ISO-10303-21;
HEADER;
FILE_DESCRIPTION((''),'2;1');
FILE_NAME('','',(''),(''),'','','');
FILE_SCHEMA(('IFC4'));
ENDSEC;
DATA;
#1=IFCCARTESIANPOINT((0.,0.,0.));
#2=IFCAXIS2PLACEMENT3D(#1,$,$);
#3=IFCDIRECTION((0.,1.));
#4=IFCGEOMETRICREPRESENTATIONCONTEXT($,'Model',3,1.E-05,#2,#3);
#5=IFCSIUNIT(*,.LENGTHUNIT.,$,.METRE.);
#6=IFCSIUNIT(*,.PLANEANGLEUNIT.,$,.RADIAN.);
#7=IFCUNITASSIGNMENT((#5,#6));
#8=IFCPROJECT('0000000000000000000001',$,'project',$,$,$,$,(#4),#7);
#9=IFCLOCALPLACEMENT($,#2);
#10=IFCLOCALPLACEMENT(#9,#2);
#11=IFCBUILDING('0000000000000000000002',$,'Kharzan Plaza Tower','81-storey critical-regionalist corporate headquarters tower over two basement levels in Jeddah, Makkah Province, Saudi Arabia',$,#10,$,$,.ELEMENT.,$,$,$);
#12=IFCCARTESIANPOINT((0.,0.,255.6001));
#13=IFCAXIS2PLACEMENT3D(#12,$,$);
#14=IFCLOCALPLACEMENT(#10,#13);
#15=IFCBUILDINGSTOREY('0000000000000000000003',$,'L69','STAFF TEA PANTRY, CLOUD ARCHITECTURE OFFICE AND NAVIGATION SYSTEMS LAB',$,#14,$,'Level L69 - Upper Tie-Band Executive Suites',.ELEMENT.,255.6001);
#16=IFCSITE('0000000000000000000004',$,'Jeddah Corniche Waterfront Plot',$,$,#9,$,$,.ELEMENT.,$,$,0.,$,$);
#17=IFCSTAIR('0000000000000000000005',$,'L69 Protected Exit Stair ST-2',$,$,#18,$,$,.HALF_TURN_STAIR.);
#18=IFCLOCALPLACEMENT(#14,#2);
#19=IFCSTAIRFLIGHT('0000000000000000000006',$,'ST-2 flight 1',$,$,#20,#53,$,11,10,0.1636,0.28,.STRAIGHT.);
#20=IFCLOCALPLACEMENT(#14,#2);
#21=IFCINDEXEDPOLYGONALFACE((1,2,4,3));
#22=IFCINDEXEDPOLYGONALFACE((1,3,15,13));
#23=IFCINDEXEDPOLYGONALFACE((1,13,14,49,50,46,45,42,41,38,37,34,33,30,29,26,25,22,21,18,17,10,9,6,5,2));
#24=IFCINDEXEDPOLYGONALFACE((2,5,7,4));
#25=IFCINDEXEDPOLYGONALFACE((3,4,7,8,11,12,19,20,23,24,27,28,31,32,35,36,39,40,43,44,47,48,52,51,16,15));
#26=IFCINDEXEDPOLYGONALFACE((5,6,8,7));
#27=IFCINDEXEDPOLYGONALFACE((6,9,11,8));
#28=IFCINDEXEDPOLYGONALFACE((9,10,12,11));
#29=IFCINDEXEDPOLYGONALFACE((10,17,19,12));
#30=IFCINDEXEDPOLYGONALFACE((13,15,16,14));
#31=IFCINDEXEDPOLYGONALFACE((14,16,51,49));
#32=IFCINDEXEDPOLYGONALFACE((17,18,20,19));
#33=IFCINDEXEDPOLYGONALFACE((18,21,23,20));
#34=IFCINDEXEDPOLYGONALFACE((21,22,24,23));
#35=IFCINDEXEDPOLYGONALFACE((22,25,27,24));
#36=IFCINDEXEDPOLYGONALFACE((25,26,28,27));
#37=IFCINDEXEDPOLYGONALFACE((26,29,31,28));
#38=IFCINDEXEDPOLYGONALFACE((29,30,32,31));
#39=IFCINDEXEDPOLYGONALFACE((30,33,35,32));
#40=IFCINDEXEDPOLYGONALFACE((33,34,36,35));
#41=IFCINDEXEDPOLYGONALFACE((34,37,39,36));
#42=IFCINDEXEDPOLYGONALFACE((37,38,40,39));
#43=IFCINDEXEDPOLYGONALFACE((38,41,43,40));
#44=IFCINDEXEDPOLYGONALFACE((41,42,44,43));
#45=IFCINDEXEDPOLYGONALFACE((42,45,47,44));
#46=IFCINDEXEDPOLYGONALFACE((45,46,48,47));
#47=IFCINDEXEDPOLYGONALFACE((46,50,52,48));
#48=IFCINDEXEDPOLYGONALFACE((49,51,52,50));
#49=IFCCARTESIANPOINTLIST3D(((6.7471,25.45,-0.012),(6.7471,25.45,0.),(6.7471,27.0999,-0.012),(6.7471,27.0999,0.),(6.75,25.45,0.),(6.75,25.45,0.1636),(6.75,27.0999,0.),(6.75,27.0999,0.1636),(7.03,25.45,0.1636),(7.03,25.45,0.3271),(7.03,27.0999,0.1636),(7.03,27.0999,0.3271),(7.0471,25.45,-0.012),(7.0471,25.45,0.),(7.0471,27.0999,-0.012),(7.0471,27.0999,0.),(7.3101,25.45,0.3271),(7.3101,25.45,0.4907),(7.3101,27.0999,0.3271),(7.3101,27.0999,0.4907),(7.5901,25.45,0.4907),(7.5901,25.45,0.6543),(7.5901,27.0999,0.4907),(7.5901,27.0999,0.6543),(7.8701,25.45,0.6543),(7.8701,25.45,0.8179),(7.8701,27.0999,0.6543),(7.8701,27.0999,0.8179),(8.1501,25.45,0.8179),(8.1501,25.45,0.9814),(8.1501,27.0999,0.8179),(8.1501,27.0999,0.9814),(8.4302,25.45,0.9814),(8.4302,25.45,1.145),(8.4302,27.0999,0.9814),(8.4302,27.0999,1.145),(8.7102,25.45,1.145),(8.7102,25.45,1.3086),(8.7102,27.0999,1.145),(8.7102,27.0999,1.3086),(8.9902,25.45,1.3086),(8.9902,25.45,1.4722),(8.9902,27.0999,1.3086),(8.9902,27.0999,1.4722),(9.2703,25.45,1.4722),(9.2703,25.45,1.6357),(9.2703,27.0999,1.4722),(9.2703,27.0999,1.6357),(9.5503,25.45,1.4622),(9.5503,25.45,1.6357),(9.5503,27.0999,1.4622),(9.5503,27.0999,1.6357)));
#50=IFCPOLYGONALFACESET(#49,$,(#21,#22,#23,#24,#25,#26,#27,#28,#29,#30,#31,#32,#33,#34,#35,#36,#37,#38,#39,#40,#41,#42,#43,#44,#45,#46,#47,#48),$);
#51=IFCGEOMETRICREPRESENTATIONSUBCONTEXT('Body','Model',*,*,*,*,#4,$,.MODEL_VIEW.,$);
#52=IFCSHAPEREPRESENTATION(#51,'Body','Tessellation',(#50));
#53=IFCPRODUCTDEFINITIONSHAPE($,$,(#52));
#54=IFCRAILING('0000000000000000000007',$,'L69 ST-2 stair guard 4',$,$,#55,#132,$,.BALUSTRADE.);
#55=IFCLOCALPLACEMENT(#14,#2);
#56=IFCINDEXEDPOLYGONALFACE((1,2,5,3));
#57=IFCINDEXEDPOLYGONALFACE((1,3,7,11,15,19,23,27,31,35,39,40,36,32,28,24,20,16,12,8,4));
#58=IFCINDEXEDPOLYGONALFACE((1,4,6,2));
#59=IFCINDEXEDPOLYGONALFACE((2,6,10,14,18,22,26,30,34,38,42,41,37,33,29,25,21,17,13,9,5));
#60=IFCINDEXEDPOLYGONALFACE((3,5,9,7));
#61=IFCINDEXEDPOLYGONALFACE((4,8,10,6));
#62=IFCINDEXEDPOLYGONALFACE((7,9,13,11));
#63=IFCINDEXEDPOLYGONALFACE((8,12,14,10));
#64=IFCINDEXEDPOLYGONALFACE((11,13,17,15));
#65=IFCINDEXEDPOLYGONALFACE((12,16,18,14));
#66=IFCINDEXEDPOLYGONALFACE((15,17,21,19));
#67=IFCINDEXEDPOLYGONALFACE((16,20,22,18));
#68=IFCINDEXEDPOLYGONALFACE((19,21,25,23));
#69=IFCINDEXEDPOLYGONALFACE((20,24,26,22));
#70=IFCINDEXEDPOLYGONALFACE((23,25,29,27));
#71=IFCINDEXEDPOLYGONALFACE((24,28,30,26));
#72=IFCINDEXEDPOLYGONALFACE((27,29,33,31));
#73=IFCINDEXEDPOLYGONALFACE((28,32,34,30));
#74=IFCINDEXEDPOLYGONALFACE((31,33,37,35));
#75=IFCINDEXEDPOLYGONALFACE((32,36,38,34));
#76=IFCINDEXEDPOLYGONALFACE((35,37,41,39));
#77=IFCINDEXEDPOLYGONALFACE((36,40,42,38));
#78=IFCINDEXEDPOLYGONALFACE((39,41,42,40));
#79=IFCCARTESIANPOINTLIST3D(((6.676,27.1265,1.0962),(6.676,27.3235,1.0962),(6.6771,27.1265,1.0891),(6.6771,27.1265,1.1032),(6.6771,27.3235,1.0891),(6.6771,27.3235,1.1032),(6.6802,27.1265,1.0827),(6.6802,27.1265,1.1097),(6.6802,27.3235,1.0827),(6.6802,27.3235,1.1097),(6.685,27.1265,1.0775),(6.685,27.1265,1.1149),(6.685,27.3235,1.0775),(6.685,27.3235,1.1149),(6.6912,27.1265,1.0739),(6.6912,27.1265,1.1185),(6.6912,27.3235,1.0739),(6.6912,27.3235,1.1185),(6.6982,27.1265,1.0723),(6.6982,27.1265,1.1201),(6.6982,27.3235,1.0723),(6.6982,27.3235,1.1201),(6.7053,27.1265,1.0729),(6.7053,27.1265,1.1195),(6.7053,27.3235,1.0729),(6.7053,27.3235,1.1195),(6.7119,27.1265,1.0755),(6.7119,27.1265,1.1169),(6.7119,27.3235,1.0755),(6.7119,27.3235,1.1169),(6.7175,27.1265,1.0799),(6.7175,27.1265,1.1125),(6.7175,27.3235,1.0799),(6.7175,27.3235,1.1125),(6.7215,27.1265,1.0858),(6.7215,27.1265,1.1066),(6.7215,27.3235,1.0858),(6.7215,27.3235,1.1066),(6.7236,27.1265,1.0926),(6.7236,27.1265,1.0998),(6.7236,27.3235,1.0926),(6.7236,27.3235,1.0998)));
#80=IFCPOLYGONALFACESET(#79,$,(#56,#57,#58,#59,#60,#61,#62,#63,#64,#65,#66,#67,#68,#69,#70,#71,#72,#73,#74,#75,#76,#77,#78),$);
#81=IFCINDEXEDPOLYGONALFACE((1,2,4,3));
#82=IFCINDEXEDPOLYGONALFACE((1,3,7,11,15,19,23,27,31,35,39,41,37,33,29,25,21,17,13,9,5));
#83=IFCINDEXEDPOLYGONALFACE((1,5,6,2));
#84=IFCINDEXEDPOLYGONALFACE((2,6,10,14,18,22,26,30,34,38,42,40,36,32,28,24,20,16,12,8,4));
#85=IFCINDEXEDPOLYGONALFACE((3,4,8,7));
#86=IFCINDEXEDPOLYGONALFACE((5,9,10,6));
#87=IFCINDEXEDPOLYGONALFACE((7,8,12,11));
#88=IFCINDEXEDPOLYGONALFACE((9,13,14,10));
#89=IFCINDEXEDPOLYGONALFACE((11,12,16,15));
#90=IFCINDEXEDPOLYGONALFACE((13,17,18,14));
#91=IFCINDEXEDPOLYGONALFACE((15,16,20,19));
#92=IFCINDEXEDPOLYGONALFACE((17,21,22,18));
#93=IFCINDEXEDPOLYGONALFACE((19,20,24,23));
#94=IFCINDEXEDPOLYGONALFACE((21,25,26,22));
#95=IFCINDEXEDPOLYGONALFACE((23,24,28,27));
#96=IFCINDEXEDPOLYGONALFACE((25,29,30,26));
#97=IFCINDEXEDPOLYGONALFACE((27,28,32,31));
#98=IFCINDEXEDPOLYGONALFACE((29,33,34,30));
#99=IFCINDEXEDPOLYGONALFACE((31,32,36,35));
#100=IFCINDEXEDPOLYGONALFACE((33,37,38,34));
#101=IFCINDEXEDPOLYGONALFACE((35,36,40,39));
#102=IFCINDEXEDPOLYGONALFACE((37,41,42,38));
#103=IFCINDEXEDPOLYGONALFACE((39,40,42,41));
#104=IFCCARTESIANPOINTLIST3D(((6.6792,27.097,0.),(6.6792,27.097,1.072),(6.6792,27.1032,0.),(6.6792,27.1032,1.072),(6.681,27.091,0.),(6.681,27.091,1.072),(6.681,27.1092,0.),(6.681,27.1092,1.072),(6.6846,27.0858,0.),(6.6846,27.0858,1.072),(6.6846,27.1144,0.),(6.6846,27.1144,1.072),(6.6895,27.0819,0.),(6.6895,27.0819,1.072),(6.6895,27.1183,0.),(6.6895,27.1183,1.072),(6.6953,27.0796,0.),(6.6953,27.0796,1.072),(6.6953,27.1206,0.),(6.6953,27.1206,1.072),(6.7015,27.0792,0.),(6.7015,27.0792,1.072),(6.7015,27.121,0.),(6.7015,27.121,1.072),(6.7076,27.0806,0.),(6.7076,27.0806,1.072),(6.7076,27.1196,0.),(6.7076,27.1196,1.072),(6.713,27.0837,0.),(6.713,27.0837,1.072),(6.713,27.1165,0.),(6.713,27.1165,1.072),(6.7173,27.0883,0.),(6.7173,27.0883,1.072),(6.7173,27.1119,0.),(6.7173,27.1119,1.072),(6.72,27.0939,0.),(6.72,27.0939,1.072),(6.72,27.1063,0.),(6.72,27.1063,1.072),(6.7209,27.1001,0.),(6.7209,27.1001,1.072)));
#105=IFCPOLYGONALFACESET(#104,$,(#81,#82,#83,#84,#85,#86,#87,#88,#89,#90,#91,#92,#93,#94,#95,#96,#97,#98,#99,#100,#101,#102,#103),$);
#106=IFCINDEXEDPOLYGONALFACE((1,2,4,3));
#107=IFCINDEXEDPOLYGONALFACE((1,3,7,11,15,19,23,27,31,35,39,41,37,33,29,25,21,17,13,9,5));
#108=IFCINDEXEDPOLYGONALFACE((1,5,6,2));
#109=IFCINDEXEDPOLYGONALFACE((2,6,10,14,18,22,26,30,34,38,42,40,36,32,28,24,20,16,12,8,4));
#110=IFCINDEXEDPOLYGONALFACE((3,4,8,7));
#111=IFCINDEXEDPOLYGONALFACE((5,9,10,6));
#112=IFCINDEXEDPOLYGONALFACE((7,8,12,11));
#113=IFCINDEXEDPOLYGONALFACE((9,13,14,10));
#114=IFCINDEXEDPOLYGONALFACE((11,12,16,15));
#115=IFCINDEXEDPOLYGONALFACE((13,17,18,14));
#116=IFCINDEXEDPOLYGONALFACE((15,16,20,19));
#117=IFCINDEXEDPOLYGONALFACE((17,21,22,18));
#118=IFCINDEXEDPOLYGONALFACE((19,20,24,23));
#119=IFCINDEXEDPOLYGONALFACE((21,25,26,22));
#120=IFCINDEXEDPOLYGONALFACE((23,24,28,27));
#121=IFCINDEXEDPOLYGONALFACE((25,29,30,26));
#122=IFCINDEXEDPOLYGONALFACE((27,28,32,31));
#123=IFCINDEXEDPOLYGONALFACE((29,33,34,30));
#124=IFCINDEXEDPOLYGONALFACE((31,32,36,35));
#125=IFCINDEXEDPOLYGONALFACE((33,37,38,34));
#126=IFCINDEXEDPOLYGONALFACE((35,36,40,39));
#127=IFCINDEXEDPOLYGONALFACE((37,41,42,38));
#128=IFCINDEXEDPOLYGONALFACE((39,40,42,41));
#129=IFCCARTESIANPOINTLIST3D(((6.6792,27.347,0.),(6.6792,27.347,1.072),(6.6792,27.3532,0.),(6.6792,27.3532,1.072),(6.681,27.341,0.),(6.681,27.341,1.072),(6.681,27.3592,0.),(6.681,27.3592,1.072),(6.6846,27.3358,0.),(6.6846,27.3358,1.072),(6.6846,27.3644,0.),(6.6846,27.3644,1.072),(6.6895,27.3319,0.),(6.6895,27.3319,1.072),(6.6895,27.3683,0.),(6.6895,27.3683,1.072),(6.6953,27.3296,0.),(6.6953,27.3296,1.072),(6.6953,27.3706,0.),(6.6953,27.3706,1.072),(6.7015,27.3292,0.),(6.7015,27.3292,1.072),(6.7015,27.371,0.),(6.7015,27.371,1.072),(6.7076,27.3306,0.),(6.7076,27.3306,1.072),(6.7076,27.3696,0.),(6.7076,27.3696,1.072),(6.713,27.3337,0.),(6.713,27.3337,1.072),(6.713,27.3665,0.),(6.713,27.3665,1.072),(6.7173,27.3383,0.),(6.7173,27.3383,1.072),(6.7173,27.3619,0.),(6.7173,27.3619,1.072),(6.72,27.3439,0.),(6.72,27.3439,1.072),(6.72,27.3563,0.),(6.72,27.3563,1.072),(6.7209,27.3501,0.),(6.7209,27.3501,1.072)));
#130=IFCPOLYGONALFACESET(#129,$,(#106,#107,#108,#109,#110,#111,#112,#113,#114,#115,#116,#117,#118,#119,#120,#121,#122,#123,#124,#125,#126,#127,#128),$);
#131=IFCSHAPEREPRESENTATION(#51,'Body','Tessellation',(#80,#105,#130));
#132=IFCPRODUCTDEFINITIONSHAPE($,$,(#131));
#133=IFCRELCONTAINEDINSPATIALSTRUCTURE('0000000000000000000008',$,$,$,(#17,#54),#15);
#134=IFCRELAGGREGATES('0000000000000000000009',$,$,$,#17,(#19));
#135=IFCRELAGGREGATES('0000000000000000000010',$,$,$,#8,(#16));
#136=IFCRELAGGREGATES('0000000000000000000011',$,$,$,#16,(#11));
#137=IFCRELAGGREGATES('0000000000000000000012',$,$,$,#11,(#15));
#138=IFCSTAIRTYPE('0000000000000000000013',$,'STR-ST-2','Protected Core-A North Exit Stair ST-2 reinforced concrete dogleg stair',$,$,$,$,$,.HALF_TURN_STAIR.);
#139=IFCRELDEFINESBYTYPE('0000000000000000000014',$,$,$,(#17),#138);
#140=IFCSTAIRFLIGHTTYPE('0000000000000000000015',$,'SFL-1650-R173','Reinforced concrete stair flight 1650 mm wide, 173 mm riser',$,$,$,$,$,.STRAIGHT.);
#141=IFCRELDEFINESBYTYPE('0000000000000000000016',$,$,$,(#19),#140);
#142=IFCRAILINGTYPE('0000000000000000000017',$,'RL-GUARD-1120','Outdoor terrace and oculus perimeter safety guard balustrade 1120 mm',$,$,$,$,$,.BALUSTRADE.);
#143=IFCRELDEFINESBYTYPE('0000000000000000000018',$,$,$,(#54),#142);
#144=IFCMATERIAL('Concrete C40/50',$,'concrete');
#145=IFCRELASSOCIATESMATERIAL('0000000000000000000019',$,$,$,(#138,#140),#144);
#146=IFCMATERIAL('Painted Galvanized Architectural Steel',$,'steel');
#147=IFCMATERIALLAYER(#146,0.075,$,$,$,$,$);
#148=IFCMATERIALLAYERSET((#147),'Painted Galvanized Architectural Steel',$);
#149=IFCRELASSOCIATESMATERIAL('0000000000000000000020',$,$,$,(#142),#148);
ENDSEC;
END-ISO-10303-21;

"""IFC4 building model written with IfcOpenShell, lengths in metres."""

from ifc_helpers import new_model, si_unit, direction, frame, origin, origin_2d, place, context, subcontext, project, spatial, polyline, circle, outline, extrude, source, transform, mapped, material, layer, layer_set, type_object, element, aggregate, save


model = new_model("IFC4")

# Units and contexts
model_context = context("Model", 3, precision=1e-05, world=origin(), true_north=direction((0.0, 1.0)))
body_context = subcontext(model_context, "Body", "Model", "MODEL_VIEW")
ifc_project = project(units=[si_unit("LENGTHUNIT", "METRE"), si_unit("PLANEANGLEUNIT", "RADIAN")], contexts=[model_context])

# Site, building, storey
site_placement = place(None, origin())
site = spatial("IfcSite", under=ifc_project, at=site_placement, Name="Jeddah Corniche Waterfront Plot", CompositionType="ELEMENT", RefElevation=0.0)
building_placement = place(site_placement, origin())
building = spatial("IfcBuilding", under=site, at=building_placement, Name="Kharzan Plaza Tower", Description="81-storey critical-regionalist corporate headquarters tower over two basement levels in Jeddah, Makkah Province, Saudi Arabia", CompositionType="ELEMENT")
storey_placement = place(building_placement, frame((0.0, 0.0, 255.6001)))
storey = spatial("IfcBuildingStorey", under=building, at=storey_placement, Name="L69", Description="STAFF TEA PANTRY, CLOUD ARCHITECTURE OFFICE AND NAVIGATION SYSTEMS LAB", LongName="Level L69 - Upper Tie-Band Executive Suites", CompositionType="ELEMENT", Elevation=255.6001)

# Shared definitions
ifc_material_1 = material(Name="Concrete C40/50", Category="concrete")

# Stair, stair flight
stair_type = type_object("IfcStairType", Name="STR-ST-2", Description="Protected Core-A North Exit Stair ST-2 reinforced concrete dogleg stair", PredefinedType="HALF_TURN_STAIR", material=ifc_material_1)
stair_placement = place(storey_placement, origin())
stair = element("IfcStair", 1, at=stair_placement, inside=storey, type_object=stair_type, Name="L69 Protected Exit Stair ST-2", PredefinedType="HALF_TURN_STAIR")
stair_flight_type = type_object("IfcStairFlightType", Name="SFL-1650-R173", Description="Reinforced concrete stair flight 1650 mm wide, 173 mm riser", PredefinedType="STRAIGHT", material=ifc_material_1)
shared_shape_1 = source(origin(), body_context, "Body", "SweptSolid", [
    extrude(outline(polyline([(-0.0029, -0.012), (-0.0029, 0.0), (0.0, 0.0), (0.0, 0.1636), (0.28, 0.1636), (0.28, 0.3271), (0.5601, 0.3271), (0.5601, 0.4907), (0.8401, 0.4907), (0.8401, 0.6543), (1.1201, 0.6543), (1.1201, 0.8179), (1.4001, 0.8179), (1.4001, 0.9814), (1.6802, 0.9814), (1.6802, 1.145), (1.9602, 1.145), (1.9602, 1.3086), (2.2402, 1.3086), (2.2402, 1.4722), (2.5203, 1.4722), (2.5203, 1.6357), (2.8003, 1.6357), (2.8003, 1.7993), (2.8003, 1.4622), (0.2971, 0.0), (0.2971, -0.012), (-0.0029, -0.012)])), frame((0.0, 0.825, 0.0), z_axis=(0.0, -1.0, 0.0), x_axis=(1.0, 0.0, 0.0)), (0.0, 0.0, 1.0), 1.6499),
])
stair_flight_placement = place(storey_placement, frame((6.75, 26.2749, 0.0), z_axis=(0.0, 0.0, 1.0), x_axis=(1.0, 0.0, 0.0)))
stair_flight = element("IfcStairFlight", 2, at=stair_flight_placement, type_object=stair_flight_type, Name="ST-2 flight 1", NumberOfRisers=11, NumberOfTreads=10, PredefinedType="STRAIGHT", RiserHeight=0.1636, TreadLength=0.28, context=body_context, shape_type="MappedRepresentation", body=[
    mapped(shared_shape_1, transform((0.0, 0.0, 0.0), x_axis=(1.0, 0.0, 0.0), y_axis=(0.0, 1.0, 0.0), z_axis=(0.0, 0.0, 1.0))),
])
aggregate(stair, [stair_flight])

# Railing
ifc_material_2 = material(Name="Painted Galvanized Architectural Steel", Category="steel")
ifc_layer_1 = layer(ifc_material_2, 0.075)
ifc_layer_set_1 = layer_set([ifc_layer_1], Name="Painted Galvanized Architectural Steel")
railing_type_1 = type_object("IfcRailingType", Name="RL-GUARD-1120", Description="Outdoor terrace and oculus perimeter safety guard balustrade 1120 mm", PredefinedType="BALUSTRADE", material=ifc_layer_set_1)
shared_shape_2 = source(origin(), body_context, "Body", "SweptSolid", [
    extrude(circle(Radius=0.0239, at=origin_2d()), frame((0.0, 0.0264, 1.0962), z_axis=(0.0, 1.0, 0.0), x_axis=(-1.0, 0.0, 0.0)), (0.0, 0.0, 1.0), 0.197),
    extrude(circle(Radius=0.021, at=origin_2d()), origin(), (0.0, 0.0, 1.0), 1.072),
    extrude(circle(Radius=0.021, at=origin_2d()), frame((0.0, 0.25, 0.0)), (0.0, 0.0, 1.0), 1.072),
])
railing_1_placement = place(storey_placement, frame((6.7, 27.1001, 0.0)))
element("IfcRailing", 3, at=railing_1_placement, inside=storey, type_object=railing_type_1, Name="L69 ST-2 stair guard 4", PredefinedType="BALUSTRADE", context=body_context, shape_type="MappedRepresentation", body=[
    mapped(shared_shape_2, transform((0.0, 0.0, 0.0), x_axis=(1.0, 0.0, 0.0), y_axis=(0.0, 1.0, 0.0), z_axis=(0.0, 0.0, 1.0))),
])

save(model, "model.ifc")
